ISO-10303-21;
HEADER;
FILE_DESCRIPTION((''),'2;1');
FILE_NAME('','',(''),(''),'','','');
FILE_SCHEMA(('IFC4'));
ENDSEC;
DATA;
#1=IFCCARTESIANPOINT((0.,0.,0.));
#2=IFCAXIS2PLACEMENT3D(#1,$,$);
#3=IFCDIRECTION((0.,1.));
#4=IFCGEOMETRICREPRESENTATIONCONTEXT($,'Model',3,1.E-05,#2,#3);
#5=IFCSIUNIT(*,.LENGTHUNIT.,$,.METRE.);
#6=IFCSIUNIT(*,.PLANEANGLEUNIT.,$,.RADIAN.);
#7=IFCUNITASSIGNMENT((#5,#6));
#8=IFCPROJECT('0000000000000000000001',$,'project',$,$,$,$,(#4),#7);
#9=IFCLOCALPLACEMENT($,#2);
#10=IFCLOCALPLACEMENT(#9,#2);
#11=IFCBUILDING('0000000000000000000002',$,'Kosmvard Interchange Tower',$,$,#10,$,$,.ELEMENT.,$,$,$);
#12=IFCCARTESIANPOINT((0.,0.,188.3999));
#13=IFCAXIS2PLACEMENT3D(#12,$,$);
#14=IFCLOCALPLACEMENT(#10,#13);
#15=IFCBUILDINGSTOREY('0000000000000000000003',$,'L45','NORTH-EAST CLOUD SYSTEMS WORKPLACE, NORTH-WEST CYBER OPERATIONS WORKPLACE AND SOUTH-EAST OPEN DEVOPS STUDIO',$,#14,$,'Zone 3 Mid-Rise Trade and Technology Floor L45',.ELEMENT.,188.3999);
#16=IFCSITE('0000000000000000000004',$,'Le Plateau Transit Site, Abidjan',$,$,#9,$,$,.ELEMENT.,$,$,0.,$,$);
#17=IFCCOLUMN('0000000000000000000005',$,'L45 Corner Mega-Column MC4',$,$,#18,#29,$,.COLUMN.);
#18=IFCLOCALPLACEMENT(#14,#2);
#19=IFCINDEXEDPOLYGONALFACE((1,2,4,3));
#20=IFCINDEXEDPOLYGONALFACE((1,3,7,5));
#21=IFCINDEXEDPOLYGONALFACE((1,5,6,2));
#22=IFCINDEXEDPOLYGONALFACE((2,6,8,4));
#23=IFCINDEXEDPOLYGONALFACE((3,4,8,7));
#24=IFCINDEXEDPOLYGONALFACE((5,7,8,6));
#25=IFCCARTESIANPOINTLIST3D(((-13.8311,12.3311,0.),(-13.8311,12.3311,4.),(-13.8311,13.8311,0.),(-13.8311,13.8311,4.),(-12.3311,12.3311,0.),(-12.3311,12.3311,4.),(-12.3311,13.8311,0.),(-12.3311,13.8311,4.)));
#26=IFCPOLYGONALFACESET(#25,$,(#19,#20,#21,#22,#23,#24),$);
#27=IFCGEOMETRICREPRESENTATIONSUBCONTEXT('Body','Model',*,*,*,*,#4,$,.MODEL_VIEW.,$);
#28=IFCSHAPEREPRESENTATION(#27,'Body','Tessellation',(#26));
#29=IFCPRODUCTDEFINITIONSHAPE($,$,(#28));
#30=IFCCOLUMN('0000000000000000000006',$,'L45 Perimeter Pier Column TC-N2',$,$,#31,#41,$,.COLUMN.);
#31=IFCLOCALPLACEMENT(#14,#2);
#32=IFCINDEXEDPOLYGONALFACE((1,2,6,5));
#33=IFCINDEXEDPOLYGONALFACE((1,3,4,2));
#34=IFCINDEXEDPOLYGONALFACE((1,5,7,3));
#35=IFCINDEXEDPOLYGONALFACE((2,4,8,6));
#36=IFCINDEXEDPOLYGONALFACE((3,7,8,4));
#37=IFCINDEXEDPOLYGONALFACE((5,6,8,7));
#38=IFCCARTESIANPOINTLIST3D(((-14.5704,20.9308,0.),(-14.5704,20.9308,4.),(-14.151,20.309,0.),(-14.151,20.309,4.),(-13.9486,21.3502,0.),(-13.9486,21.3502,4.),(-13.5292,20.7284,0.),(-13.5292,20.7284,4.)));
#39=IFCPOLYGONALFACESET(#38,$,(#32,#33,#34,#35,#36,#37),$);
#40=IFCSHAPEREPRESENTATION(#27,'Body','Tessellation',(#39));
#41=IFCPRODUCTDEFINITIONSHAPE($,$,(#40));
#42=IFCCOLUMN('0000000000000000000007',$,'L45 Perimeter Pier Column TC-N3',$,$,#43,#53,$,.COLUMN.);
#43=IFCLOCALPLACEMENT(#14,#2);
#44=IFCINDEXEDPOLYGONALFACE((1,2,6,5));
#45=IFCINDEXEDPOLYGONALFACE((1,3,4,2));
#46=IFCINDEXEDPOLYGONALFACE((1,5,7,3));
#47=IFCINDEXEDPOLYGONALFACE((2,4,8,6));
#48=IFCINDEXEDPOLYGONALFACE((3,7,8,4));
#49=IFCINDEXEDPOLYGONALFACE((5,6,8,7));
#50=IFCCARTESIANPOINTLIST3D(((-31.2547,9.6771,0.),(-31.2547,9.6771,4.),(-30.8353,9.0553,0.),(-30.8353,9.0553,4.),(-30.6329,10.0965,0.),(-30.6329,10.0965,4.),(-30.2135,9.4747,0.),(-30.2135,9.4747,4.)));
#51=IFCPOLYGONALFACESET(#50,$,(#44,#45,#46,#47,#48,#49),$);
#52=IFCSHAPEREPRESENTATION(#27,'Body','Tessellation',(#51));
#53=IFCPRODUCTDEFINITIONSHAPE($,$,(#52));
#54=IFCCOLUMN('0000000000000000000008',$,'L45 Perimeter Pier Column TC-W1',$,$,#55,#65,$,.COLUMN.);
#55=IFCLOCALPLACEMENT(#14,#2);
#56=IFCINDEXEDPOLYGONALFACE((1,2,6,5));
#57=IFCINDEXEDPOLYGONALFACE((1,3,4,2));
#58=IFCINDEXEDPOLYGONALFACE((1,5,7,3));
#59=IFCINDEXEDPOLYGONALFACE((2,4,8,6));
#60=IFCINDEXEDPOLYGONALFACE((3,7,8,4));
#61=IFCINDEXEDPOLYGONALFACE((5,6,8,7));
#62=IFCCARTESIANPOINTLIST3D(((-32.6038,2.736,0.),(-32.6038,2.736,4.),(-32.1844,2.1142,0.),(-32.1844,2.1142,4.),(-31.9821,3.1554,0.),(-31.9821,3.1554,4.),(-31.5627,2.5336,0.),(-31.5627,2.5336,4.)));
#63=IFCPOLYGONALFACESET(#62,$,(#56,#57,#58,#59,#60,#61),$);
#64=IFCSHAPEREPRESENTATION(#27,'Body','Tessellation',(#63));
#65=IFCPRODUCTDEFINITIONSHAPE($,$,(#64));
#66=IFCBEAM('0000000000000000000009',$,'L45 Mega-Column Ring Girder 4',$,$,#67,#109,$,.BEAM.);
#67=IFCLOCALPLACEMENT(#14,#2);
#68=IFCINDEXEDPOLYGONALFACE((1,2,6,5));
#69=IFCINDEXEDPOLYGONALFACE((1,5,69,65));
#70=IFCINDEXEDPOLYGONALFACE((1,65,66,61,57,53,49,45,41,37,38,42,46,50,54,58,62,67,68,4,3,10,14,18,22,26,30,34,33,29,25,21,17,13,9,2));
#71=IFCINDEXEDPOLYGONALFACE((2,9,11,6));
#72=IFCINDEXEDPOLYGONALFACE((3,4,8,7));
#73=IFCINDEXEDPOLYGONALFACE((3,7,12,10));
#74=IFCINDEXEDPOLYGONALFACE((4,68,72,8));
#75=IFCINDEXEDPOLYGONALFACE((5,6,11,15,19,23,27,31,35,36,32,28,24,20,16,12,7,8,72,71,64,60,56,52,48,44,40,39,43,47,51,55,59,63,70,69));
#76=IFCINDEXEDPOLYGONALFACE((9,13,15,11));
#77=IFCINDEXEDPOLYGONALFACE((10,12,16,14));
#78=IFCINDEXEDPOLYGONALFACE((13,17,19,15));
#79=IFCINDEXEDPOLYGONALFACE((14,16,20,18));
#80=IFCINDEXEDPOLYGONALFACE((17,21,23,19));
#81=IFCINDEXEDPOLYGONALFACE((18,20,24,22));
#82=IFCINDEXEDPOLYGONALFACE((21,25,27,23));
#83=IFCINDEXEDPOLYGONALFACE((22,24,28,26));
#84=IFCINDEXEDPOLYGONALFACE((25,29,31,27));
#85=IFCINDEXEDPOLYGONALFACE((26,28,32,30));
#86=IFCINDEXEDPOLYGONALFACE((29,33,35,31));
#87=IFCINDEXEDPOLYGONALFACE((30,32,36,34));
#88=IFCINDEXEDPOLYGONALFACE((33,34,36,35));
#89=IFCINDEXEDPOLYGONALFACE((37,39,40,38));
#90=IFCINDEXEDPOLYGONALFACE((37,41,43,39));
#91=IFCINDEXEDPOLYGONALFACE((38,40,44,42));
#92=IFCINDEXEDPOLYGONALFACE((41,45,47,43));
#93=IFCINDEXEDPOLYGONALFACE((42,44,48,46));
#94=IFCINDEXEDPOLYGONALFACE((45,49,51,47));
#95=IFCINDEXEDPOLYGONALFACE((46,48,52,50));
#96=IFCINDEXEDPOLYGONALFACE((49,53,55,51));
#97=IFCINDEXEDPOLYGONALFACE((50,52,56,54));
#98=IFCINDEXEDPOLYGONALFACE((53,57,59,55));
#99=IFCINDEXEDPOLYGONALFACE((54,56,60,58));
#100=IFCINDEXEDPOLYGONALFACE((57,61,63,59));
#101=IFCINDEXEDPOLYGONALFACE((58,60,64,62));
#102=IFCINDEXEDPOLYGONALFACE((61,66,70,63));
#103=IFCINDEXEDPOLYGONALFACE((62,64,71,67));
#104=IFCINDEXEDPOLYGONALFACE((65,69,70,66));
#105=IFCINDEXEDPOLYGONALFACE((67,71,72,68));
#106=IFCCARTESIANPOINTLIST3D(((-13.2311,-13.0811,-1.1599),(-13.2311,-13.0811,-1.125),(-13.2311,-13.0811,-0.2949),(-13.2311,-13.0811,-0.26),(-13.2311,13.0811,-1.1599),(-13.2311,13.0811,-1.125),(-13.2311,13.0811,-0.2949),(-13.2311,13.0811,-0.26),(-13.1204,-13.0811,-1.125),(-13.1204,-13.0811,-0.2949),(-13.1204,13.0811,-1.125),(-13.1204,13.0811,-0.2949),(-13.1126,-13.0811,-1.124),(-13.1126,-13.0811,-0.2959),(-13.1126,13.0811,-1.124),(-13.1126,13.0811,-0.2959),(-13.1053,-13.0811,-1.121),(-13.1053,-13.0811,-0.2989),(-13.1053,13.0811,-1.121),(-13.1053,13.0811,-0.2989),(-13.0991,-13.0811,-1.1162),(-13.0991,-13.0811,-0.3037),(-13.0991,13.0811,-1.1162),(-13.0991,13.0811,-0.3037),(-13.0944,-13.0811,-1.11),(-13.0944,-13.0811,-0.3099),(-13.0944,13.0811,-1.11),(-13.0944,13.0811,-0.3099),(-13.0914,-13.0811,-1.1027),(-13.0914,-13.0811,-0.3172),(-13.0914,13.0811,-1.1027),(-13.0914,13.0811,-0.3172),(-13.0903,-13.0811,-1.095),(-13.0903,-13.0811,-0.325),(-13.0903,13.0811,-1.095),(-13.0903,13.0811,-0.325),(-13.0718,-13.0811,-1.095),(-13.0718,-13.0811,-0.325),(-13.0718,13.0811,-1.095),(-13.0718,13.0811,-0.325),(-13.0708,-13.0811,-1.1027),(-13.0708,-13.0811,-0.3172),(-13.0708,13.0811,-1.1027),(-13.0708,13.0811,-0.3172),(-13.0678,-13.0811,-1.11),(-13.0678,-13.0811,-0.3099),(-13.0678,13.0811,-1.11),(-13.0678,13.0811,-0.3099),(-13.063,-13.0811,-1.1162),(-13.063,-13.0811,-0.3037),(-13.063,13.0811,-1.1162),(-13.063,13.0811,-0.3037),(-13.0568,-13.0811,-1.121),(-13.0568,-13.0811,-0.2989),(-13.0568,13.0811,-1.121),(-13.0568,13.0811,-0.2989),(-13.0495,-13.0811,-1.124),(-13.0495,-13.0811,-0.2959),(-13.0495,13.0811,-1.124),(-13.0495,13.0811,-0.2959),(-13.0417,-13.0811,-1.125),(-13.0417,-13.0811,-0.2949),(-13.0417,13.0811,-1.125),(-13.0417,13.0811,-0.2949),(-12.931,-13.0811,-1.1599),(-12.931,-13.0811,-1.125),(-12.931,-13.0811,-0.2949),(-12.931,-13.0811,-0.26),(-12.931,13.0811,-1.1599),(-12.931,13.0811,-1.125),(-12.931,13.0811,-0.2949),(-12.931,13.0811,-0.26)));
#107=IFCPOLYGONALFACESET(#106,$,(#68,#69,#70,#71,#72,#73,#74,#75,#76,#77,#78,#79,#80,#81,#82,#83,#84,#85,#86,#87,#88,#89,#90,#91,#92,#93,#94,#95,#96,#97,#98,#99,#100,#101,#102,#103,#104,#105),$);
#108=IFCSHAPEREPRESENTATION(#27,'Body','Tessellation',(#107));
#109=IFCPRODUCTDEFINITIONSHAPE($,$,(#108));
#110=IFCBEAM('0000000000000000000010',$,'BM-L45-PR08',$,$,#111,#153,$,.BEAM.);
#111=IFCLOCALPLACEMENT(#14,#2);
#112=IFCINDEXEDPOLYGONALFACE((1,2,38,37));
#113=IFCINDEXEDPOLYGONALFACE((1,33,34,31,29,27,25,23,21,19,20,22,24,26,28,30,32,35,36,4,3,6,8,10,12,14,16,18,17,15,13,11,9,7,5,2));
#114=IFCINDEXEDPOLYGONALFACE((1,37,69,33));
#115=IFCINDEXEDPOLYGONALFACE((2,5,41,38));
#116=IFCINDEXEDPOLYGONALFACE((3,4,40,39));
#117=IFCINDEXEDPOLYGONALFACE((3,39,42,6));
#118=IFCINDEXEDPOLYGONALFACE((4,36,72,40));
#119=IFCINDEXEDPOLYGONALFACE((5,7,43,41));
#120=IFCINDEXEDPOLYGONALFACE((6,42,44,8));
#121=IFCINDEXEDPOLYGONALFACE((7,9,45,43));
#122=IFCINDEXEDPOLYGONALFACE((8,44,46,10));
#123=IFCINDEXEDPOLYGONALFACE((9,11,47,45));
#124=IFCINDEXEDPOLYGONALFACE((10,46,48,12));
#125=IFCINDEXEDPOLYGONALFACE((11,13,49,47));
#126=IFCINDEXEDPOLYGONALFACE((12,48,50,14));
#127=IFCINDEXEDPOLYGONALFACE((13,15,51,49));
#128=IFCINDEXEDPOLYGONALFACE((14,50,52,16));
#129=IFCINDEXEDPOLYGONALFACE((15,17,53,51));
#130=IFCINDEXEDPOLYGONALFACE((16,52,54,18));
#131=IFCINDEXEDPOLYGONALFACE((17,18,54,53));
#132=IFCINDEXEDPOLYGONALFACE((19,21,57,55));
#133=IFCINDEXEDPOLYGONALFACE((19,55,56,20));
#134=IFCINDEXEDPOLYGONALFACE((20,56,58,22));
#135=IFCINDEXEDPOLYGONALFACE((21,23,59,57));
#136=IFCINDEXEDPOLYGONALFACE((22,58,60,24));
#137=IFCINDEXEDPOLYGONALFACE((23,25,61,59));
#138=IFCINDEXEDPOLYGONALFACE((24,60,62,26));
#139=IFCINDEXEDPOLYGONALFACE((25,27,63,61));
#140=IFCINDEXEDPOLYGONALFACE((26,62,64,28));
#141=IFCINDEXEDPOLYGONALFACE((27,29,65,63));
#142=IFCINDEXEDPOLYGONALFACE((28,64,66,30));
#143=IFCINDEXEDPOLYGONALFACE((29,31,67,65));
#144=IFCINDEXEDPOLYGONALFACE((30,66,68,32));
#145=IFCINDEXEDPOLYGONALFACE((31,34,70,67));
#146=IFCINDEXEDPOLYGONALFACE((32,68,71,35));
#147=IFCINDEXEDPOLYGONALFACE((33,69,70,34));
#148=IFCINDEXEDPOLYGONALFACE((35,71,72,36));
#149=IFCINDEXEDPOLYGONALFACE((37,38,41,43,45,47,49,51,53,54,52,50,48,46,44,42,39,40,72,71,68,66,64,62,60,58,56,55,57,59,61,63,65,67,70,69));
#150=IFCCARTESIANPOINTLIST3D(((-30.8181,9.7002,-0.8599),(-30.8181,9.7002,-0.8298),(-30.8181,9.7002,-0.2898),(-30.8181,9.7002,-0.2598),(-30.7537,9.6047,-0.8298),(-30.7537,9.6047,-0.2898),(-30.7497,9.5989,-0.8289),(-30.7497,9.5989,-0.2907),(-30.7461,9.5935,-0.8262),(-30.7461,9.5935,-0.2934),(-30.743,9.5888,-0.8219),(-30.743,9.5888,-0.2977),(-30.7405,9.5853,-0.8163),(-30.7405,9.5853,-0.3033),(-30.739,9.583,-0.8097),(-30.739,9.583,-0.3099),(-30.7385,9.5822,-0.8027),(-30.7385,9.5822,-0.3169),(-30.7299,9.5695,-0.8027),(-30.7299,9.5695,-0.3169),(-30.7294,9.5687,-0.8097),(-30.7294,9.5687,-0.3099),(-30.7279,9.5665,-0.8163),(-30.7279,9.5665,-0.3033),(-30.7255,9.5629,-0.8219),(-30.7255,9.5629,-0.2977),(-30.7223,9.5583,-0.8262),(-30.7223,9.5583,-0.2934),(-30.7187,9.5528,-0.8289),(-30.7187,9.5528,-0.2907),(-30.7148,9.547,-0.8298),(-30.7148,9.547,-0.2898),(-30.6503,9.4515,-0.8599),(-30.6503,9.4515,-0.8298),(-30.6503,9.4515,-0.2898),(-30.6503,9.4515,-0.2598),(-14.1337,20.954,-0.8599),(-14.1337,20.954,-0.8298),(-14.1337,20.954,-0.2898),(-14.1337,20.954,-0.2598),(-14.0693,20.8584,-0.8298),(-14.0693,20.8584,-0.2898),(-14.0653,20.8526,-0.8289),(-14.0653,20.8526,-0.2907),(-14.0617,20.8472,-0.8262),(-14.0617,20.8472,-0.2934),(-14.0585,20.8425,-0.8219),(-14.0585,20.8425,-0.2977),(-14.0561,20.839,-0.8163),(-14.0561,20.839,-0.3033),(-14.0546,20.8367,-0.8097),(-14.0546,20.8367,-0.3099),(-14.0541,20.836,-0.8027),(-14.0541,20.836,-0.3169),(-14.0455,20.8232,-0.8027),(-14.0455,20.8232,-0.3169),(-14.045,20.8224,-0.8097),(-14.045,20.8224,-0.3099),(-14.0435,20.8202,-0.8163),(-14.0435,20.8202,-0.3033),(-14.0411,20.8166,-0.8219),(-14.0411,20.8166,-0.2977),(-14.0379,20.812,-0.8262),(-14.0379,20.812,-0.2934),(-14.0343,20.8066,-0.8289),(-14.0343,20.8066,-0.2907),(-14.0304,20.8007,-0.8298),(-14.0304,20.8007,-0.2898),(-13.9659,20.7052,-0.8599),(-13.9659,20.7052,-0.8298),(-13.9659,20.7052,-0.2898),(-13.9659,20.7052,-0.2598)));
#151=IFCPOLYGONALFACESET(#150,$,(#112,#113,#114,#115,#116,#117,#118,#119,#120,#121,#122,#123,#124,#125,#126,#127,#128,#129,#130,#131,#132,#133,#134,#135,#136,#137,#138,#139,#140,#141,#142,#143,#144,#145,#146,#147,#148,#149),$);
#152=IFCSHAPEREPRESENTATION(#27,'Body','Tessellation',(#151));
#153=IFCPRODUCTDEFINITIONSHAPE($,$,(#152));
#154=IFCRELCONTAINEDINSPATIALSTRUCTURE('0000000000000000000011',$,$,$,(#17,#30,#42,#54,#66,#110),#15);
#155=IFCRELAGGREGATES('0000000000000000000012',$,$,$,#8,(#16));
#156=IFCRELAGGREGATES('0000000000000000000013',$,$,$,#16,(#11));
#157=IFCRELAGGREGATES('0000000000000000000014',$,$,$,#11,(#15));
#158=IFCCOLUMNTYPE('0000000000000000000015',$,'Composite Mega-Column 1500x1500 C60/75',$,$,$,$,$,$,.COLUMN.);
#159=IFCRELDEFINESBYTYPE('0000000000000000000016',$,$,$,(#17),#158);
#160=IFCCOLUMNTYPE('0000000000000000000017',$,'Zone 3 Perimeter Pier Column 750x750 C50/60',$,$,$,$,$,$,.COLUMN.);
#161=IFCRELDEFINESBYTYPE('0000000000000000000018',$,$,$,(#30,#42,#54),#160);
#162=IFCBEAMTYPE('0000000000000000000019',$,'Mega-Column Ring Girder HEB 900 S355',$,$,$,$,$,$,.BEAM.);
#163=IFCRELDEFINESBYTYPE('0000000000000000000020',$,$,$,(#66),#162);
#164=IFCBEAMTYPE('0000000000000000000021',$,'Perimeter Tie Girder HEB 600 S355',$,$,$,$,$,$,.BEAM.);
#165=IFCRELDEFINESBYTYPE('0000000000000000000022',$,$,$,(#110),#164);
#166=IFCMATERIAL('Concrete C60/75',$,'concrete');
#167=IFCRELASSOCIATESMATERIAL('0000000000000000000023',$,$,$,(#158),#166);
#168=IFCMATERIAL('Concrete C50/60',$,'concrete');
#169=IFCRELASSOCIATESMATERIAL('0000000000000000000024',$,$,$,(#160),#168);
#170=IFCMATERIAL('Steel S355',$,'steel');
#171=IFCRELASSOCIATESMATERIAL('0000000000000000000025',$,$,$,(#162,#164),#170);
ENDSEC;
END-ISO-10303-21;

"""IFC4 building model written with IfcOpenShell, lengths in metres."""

from ifc_helpers import new_model, si_unit, direction, frame, origin, origin_2d, place, context, subcontext, project, spatial, rectangle, i_section, extrude, source, transform, mapped, material, material_profile, profile_set, type_object, element, save


model = new_model("IFC4")

# Units and contexts
model_context = context("Model", 3, precision=1e-05, world=origin(), true_north=direction((0.0, 1.0)))
body_context = subcontext(model_context, "Body", "Model", "MODEL_VIEW")
ifc_project = project(units=[si_unit("LENGTHUNIT", "METRE"), si_unit("PLANEANGLEUNIT", "RADIAN")], contexts=[model_context])

# Site, building, storey
site_placement = place(None, origin())
site = spatial("IfcSite", under=ifc_project, at=site_placement, Name="Le Plateau Transit Site, Abidjan", CompositionType="ELEMENT", RefElevation=0.0)
building_placement = place(site_placement, origin())
building = spatial("IfcBuilding", under=site, at=building_placement, Name="Kosmvard Interchange Tower", CompositionType="ELEMENT")
storey_placement = place(building_placement, frame((0.0, 0.0, 188.3999)))
storey = spatial("IfcBuildingStorey", under=building, at=storey_placement, Name="L45", Description="NORTH-EAST CLOUD SYSTEMS WORKPLACE, NORTH-WEST CYBER OPERATIONS WORKPLACE AND SOUTH-EAST OPEN DEVOPS STUDIO", LongName="Zone 3 Mid-Rise Trade and Technology Floor L45", CompositionType="ELEMENT", Elevation=188.3999)

# Columns
ifc_material_1 = material(Name="Concrete C60/75", Category="concrete")
ifc_material_profile_1 = material_profile(ifc_material_1, rectangle(XDim=1.5, YDim=1.5, at=origin_2d()), Name="MC 1500x1500")
ifc_profile_set_1 = profile_set([ifc_material_profile_1], Name="Concrete C60/75")
column_type_1 = type_object("IfcColumnType", Name="Composite Mega-Column 1500x1500 C60/75", PredefinedType="COLUMN", material=ifc_profile_set_1)
shared_shape_1 = source(origin(), body_context, "Body", "SweptSolid", [
    extrude(rectangle(XDim=1.5, YDim=1.5, at=origin_2d()), origin(), (0.0, 0.0, 1.0), 4.0),
])
column_placement = place(storey_placement, frame((-13.0811, 13.0811, 0.0), z_axis=(0.0, 0.0, 1.0), x_axis=(1.0, 0.0, 0.0)))
element("IfcColumn", 1, at=column_placement, inside=storey, type_object=column_type_1, Name="L45 Corner Mega-Column MC4", PredefinedType="COLUMN", context=body_context, shape_type="MappedRepresentation", body=[
    mapped(shared_shape_1, transform((0.0, 0.0, 0.0), scale=1.0)),
])
ifc_material_2 = material(Name="Concrete C50/60", Category="concrete")
ifc_material_profile_2 = material_profile(ifc_material_2, rectangle(XDim=0.75, YDim=0.75, at=origin_2d()), Name="TC 750x750")
ifc_profile_set_2 = profile_set([ifc_material_profile_2], Name="Concrete C50/60")
column_type_2 = type_object("IfcColumnType", Name="Zone 3 Perimeter Pier Column 750x750 C50/60", PredefinedType="COLUMN", material=ifc_profile_set_2)
shared_shape_2 = source(origin(), body_context, "Body", "SweptSolid", [
    extrude(rectangle(XDim=0.75, YDim=0.75, at=origin_2d()), origin(), (0.0, 0.0, 1.0), 4.0),
])
for number, where, z_axis, x_axis, name in (
    (2, (-14.0498, 20.8296, 0.0), (0.0, 0.0, 1.0), (0.829038, 0.559193, 0.0), "L45 Perimeter Pier Column TC-N2"),
    (3, (-30.7341, 9.5759, 0.0), (0.0, 0.0, 1.0), (0.829038, 0.559193, 0.0), "L45 Perimeter Pier Column TC-N3"),
    (4, (-32.0833, 2.6348, 0.0), (0.0, 0.0, 1.0), (0.829038, 0.559193, 0.0), "L45 Perimeter Pier Column TC-W1"),
):
    element("IfcColumn", number, at=place(storey_placement, frame(where, z_axis=z_axis, x_axis=x_axis)), inside=storey, type_object=column_type_2, Name=name, PredefinedType="COLUMN", context=body_context, shape_type="MappedRepresentation", body=[
        mapped(shared_shape_2, transform((0.0, 0.0, 0.0), scale=1.0)),
    ])

# Beams
ifc_material_3 = material(Name="Steel S355", Category="steel")
ifc_material_profile_3 = material_profile(ifc_material_3, i_section(OverallWidth=0.3, OverallDepth=0.8999, WebThickness=0.0186, FlangeThickness=0.0349, FilletRadius=0.03, at=origin_2d()), Name="HEB 900")
ifc_profile_set_3 = profile_set([ifc_material_profile_3], Name="Steel S355")
beam_type_1 = type_object("IfcBeamType", Name="Mega-Column Ring Girder HEB 900 S355", PredefinedType="BEAM", material=ifc_profile_set_3)
shared_shape_3 = source(origin(), body_context, "Body", "SweptSolid", [
    extrude(i_section(OverallWidth=0.3, OverallDepth=0.8999, WebThickness=0.0186, FlangeThickness=0.0349, FilletRadius=0.03, at=origin_2d()), origin(), (0.0, 0.0, 1.0), 26.1621),
])
beam_1_placement = place(storey_placement, frame((-13.0811, 13.0811, -0.71), z_axis=(0.0, -1.0, 0.0), x_axis=(1.0, 0.0, 0.0)))
element("IfcBeam", 5, at=beam_1_placement, inside=storey, type_object=beam_type_1, Name="L45 Mega-Column Ring Girder 4", PredefinedType="BEAM", context=body_context, shape_type="MappedRepresentation", body=[
    mapped(shared_shape_3, transform((0.0, 0.0, 0.0), scale=1.0)),
])
ifc_material_profile_4 = material_profile(ifc_material_3, i_section(OverallWidth=0.3, OverallDepth=0.6001, WebThickness=0.0154, FlangeThickness=0.03, FilletRadius=0.0271, at=origin_2d()), Name="HEB 600")
ifc_profile_set_4 = profile_set([ifc_material_profile_4], Name="Steel S355")
beam_type_2 = type_object("IfcBeamType", Name="Perimeter Tie Girder HEB 600 S355", PredefinedType="BEAM", material=ifc_profile_set_4)
shared_shape_4 = source(origin(), body_context, "Body", "SweptSolid", [
    extrude(i_section(OverallWidth=0.3, OverallDepth=0.6001, WebThickness=0.0154, FlangeThickness=0.03, FilletRadius=0.0271, at=origin_2d()), origin(), (0.0, 0.0, 1.0), 20.125),
])
for number, where, z_axis, x_axis, name in (
    (6, (-14.0498, 20.8296, -0.5598), (-0.829039, -0.559191, 0.0), (0.559191, -0.829039, 0.0), "BM-L45-PR08"),
):
    element("IfcBeam", number, at=place(storey_placement, frame(where, z_axis=z_axis, x_axis=x_axis)), inside=storey, type_object=beam_type_2, Name=name, PredefinedType="BEAM", context=body_context, shape_type="MappedRepresentation", body=[
        mapped(shared_shape_4, transform((0.0, 0.0, 0.0), scale=1.0)),
    ])

save(model, "model.ifc")
